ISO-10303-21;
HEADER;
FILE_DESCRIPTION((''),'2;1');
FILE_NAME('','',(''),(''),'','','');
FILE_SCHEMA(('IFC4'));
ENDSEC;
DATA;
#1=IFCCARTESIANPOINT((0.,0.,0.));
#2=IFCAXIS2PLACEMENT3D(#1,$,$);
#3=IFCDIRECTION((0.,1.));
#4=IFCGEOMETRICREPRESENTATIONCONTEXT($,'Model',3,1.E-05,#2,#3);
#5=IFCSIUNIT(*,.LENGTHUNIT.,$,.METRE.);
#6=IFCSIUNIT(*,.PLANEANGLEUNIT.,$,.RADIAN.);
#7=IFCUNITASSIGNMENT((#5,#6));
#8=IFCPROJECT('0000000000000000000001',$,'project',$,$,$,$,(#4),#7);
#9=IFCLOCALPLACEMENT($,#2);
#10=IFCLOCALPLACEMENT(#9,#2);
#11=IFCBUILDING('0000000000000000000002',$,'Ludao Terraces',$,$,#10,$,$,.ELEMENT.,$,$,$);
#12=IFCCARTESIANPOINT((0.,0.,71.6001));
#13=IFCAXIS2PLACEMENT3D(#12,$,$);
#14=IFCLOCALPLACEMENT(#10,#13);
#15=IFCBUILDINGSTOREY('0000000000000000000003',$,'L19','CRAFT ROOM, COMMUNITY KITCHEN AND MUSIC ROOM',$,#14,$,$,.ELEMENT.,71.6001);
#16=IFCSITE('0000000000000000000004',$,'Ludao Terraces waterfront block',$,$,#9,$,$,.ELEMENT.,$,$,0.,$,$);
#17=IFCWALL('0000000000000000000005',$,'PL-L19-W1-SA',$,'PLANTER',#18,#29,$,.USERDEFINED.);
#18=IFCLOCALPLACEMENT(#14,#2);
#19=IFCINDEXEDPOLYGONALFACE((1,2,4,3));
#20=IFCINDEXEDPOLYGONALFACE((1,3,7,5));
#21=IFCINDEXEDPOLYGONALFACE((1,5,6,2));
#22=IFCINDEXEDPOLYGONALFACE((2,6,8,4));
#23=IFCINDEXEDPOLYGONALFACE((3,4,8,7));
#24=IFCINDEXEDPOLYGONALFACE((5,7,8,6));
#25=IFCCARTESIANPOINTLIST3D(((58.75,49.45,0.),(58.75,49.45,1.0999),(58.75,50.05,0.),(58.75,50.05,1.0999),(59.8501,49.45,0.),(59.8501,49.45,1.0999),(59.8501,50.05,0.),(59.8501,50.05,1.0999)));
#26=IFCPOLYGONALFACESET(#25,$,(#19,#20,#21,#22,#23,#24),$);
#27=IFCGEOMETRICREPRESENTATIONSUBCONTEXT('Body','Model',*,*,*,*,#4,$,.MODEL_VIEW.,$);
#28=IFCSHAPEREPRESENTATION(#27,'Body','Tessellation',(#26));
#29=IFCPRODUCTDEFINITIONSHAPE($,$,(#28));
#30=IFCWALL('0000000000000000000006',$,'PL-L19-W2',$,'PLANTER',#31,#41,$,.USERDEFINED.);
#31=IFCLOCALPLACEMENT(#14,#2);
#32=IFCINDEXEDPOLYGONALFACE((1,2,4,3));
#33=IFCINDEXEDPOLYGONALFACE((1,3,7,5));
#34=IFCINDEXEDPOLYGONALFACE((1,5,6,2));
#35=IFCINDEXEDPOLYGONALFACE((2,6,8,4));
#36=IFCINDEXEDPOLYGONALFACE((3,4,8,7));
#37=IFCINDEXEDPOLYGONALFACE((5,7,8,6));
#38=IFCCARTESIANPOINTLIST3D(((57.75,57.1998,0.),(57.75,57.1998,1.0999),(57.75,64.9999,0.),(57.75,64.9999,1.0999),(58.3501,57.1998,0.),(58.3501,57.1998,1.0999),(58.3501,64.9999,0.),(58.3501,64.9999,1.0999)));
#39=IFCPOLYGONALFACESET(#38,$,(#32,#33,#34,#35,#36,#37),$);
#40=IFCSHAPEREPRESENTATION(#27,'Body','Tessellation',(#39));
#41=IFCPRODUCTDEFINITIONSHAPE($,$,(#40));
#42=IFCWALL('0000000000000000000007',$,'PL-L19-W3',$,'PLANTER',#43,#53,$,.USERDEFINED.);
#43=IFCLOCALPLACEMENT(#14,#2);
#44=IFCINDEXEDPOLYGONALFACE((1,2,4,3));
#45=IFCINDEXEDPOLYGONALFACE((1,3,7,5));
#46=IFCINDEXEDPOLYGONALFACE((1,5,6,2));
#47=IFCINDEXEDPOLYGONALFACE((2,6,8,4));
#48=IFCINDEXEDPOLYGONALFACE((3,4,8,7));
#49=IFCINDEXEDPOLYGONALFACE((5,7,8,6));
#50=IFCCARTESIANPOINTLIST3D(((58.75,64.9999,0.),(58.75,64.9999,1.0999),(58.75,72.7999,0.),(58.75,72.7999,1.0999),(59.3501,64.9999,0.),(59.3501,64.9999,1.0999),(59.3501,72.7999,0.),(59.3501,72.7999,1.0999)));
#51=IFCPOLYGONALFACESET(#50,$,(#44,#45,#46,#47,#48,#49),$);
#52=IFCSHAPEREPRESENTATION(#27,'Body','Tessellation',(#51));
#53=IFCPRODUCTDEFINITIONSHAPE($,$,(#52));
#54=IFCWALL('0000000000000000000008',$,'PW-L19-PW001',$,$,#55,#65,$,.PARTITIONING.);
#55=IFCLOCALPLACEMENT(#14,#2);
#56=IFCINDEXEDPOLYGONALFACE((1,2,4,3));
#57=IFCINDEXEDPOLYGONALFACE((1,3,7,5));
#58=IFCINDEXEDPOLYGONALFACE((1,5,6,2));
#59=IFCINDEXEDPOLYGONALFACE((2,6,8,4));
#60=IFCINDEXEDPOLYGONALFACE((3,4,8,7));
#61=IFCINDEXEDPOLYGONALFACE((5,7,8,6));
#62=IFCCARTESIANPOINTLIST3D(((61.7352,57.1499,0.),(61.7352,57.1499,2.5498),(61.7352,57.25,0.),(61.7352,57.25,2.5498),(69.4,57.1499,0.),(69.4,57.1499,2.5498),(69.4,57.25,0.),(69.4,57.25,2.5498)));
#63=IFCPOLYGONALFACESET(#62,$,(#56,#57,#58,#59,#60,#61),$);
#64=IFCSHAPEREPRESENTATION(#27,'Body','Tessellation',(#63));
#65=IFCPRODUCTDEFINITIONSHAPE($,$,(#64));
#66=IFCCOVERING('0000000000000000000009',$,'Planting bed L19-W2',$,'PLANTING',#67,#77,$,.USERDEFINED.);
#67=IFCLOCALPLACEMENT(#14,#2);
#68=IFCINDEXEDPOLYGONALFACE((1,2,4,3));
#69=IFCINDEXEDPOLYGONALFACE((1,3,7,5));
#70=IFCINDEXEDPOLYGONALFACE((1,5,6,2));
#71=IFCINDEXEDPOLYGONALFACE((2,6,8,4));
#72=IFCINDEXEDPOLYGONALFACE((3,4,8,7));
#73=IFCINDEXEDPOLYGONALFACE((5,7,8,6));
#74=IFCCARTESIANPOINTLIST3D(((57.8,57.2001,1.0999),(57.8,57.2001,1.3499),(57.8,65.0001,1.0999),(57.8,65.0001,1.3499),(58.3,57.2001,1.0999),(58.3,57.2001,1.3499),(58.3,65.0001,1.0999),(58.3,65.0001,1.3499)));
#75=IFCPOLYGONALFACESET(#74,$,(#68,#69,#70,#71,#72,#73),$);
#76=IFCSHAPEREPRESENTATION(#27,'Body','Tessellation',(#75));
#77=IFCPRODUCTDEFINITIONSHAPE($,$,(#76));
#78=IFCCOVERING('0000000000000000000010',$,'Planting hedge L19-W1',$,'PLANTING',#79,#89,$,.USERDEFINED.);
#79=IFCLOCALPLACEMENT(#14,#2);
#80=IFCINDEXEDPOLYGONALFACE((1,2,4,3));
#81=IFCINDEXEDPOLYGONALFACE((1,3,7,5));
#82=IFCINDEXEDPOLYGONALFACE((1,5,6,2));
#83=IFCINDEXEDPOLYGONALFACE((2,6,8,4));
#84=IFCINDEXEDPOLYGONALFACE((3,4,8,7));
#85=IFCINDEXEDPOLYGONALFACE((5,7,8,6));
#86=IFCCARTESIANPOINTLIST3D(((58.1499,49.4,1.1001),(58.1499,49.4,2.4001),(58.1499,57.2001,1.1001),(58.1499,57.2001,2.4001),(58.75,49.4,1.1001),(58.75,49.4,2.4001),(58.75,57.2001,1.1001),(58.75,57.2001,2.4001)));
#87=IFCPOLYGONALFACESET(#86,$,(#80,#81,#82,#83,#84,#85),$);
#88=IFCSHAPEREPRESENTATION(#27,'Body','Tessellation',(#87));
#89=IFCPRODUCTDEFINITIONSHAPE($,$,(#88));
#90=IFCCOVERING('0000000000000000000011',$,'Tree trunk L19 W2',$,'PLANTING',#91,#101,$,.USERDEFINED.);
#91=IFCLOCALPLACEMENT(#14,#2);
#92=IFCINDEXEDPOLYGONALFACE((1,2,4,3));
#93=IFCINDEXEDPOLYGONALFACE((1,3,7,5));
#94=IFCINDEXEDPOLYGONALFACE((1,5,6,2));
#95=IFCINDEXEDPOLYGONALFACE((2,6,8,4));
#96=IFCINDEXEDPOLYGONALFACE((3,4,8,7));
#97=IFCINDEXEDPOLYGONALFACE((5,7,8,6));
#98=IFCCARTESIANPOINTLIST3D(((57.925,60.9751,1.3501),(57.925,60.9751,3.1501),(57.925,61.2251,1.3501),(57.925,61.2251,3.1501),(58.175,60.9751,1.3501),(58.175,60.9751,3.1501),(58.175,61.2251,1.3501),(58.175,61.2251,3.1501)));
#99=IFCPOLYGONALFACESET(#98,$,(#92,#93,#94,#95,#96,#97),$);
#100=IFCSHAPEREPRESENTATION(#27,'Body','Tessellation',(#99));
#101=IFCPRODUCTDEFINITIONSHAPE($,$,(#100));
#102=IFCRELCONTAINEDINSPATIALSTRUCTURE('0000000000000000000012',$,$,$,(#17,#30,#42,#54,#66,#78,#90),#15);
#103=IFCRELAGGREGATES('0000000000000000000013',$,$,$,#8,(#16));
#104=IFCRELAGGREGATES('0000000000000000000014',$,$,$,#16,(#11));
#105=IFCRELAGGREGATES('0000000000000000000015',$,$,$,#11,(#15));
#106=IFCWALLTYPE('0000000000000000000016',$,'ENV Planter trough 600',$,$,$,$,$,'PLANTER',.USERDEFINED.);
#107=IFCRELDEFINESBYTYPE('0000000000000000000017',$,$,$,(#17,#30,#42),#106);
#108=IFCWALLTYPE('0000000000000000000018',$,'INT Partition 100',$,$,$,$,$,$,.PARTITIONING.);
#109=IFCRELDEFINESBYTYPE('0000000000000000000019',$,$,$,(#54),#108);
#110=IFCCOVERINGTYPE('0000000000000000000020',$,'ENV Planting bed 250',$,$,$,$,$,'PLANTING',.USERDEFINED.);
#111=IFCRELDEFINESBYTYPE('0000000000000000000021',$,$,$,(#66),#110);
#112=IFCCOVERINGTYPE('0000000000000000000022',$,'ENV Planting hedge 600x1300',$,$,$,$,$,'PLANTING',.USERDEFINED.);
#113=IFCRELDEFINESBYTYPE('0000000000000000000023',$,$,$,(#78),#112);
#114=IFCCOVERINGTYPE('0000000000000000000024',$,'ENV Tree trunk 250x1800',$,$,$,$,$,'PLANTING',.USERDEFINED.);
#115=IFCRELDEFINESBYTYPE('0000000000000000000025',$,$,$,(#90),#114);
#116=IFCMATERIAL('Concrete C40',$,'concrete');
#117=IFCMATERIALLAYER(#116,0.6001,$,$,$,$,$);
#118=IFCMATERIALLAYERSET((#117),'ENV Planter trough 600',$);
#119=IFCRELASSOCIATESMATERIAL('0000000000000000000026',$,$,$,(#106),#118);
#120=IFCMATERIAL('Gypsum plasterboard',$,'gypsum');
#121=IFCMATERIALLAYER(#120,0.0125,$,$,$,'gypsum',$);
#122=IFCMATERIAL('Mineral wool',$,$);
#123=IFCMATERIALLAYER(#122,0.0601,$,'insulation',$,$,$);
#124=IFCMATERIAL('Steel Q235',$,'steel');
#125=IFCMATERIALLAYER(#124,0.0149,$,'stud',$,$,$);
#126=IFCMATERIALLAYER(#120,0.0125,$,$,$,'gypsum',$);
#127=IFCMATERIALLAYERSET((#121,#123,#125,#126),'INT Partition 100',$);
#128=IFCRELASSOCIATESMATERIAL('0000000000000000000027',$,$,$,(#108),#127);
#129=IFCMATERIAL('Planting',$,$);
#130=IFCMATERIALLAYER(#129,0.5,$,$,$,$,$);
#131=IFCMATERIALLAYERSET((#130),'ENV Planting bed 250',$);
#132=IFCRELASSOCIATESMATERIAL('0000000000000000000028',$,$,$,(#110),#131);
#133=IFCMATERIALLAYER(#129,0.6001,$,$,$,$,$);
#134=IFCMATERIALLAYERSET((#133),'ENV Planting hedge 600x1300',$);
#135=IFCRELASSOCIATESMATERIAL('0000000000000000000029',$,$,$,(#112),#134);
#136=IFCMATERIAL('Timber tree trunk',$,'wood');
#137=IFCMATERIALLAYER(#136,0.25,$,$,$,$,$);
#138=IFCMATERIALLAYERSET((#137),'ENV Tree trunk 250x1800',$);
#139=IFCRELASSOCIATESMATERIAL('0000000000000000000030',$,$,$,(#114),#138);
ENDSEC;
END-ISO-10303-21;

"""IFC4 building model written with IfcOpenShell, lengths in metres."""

from ifc_helpers import new_model, si_unit, direction, frame, frame_2d, origin, origin_2d, place, context, subcontext, project, spatial, rectangle, extrude, material, layer, layer_set, type_object, element, save


model = new_model("IFC4")

# Units and contexts
model_context = context("Model", 3, precision=1e-05, world=origin(), true_north=direction((0.0, 1.0)))
body_context = subcontext(model_context, "Body", "Model", "MODEL_VIEW")
ifc_project = project(units=[si_unit("LENGTHUNIT", "METRE"), si_unit("PLANEANGLEUNIT", "RADIAN")], contexts=[model_context])

# Site, building, storey
site_placement = place(None, origin())
site = spatial("IfcSite", under=ifc_project, at=site_placement, Name="Ludao Terraces waterfront block", CompositionType="ELEMENT", RefElevation=0.0)
building_placement = place(site_placement, origin())
building = spatial("IfcBuilding", under=site, at=building_placement, Name="Ludao Terraces", CompositionType="ELEMENT")
storey_placement = place(building_placement, frame((0.0, 0.0, 71.6001)))
storey = spatial("IfcBuildingStorey", under=building, at=storey_placement, Name="L19", Description="CRAFT ROOM, COMMUNITY KITCHEN AND MUSIC ROOM", CompositionType="ELEMENT", Elevation=71.6001)

# Shared definitions
ifc_material_1 = material(Name="Concrete C40", Category="concrete")

# Walls
ifc_layer_1 = layer(ifc_material_1, 0.6001)
ifc_layer_set_1 = layer_set([ifc_layer_1], Name="ENV Planter trough 600")
wall_type_1 = type_object("IfcWallType", Name="ENV Planter trough 600", ElementType="PLANTER", PredefinedType="USERDEFINED", material=ifc_layer_set_1)
wall_1_placement = place(storey_placement, frame((58.75, 49.75, 0.0), z_axis=(0.0, 0.0, 1.0), x_axis=(1.0, 0.0, 0.0)))
element("IfcWall", 1, at=wall_1_placement, inside=storey, type_object=wall_type_1, Name="PL-L19-W1-SA", ObjectType="PLANTER", PredefinedType="USERDEFINED", context=body_context, shape_type="SweptSolid", body=[
    extrude(rectangle(XDim=1.1001, YDim=0.6001, at=frame_2d((0.55, 0.0))), origin(), (0.0, 0.0, 1.0), 1.0999),
])
for number, where, z_axis, x_axis, name in (
    (2, (58.05, 57.2, 0.0), (0.0, 0.0, 1.0), (0.0, 1.0, 0.0), "PL-L19-W2"),
    (3, (59.05, 65.0, 0.0), (0.0, 0.0, 1.0), (0.0, 1.0, 0.0), "PL-L19-W3"),
):
    element("IfcWall", number, at=place(storey_placement, frame(where, z_axis=z_axis, x_axis=x_axis)), inside=storey, type_object=wall_type_1, Name=name, ObjectType="PLANTER", PredefinedType="USERDEFINED", context=body_context, shape_type="SweptSolid", body=[
        extrude(rectangle(XDim=7.8, YDim=0.6001, at=frame_2d((3.8999, 0.0))), origin(), (0.0, 0.0, 1.0), 1.0999),
    ])

# Shared definitions
ifc_material_2 = material(Name="Mineral wool")

# Wall
ifc_material_3 = material(Name="Gypsum plasterboard", Category="gypsum")
ifc_layer_2 = layer(ifc_material_3, 0.0125, Category="gypsum")
ifc_layer_3 = layer(ifc_material_2, 0.0601, Name="insulation")
ifc_material_4 = material(Name="Steel Q235", Category="steel")
ifc_layer_4 = layer(ifc_material_4, 0.0149, Name="stud")
ifc_layer_5 = layer(ifc_material_3, 0.0125, Category="gypsum")
ifc_layer_set_2 = layer_set([ifc_layer_2, ifc_layer_3, ifc_layer_4, ifc_layer_5], Name="INT Partition 100")
wall_type_2 = type_object("IfcWallType", Name="INT Partition 100", PredefinedType="PARTITIONING", material=ifc_layer_set_2)
wall_2_placement = place(storey_placement, frame((61.7351, 57.2, 0.0), z_axis=(0.0, 0.0, 1.0), x_axis=(1.0, 0.0, 0.0)))
element("IfcWall", 4, at=wall_2_placement, inside=storey, type_object=wall_type_2, Name="PW-L19-PW001", PredefinedType="PARTITIONING", context=body_context, shape_type="SweptSolid", body=[
    extrude(rectangle(XDim=7.6648, YDim=0.1001, at=frame_2d((3.8325, 0.0))), origin(), (0.0, 0.0, 1.0), 2.5498),
])

# Coverings
ifc_material_5 = material(Name="Planting")
ifc_layer_6 = layer(ifc_material_5, 0.5)
ifc_layer_set_3 = layer_set([ifc_layer_6], Name="ENV Planting bed 250")
covering_type_1 = type_object("IfcCoveringType", Name="ENV Planting bed 250", ElementType="PLANTING", PredefinedType="USERDEFINED", material=ifc_layer_set_3)
covering_1_placement = place(storey_placement, frame((58.05, 61.1001, 1.0999), z_axis=(0.0, 0.0, 1.0), x_axis=(1.0, 0.0, 0.0)))
element("IfcCovering", 5, at=covering_1_placement, inside=storey, type_object=covering_type_1, Name="Planting bed L19-W2", ObjectType="PLANTING", PredefinedType="USERDEFINED", context=body_context, shape_type="SweptSolid", body=[
    extrude(rectangle(XDim=0.5, YDim=7.8, at=origin_2d()), origin(), (0.0, 0.0, 1.0), 0.25),
])
ifc_layer_7 = layer(ifc_material_5, 0.6001)
ifc_layer_set_4 = layer_set([ifc_layer_7], Name="ENV Planting hedge 600x1300")
covering_type_2 = type_object("IfcCoveringType", Name="ENV Planting hedge 600x1300", ElementType="PLANTING", PredefinedType="USERDEFINED", material=ifc_layer_set_4)
covering_2_placement = place(storey_placement, frame((58.45, 53.3, 1.1001), z_axis=(0.0, 0.0, 1.0), x_axis=(1.0, 0.0, 0.0)))
element("IfcCovering", 6, at=covering_2_placement, inside=storey, type_object=covering_type_2, Name="Planting hedge L19-W1", ObjectType="PLANTING", PredefinedType="USERDEFINED", context=body_context, shape_type="SweptSolid", body=[
    extrude(rectangle(XDim=0.6001, YDim=7.8, at=origin_2d()), origin(), (0.0, 0.0, 1.0), 1.3),
])
ifc_material_6 = material(Name="Timber tree trunk", Category="wood")
ifc_layer_8 = layer(ifc_material_6, 0.25)
ifc_layer_set_5 = layer_set([ifc_layer_8], Name="ENV Tree trunk 250x1800")
covering_type_3 = type_object("IfcCoveringType", Name="ENV Tree trunk 250x1800", ElementType="PLANTING", PredefinedType="USERDEFINED", material=ifc_layer_set_5)
covering_3_placement = place(storey_placement, frame((58.05, 61.1001, 1.3501), z_axis=(0.0, 0.0, 1.0), x_axis=(1.0, 0.0, 0.0)))
element("IfcCovering", 7, at=covering_3_placement, inside=storey, type_object=covering_type_3, Name="Tree trunk L19 W2", ObjectType="PLANTING", PredefinedType="USERDEFINED", context=body_context, shape_type="SweptSolid", body=[
    extrude(rectangle(XDim=0.25, YDim=0.25, at=origin_2d()), origin(), (0.0, 0.0, 1.0), 1.8),
])

save(model, "model.ifc")
